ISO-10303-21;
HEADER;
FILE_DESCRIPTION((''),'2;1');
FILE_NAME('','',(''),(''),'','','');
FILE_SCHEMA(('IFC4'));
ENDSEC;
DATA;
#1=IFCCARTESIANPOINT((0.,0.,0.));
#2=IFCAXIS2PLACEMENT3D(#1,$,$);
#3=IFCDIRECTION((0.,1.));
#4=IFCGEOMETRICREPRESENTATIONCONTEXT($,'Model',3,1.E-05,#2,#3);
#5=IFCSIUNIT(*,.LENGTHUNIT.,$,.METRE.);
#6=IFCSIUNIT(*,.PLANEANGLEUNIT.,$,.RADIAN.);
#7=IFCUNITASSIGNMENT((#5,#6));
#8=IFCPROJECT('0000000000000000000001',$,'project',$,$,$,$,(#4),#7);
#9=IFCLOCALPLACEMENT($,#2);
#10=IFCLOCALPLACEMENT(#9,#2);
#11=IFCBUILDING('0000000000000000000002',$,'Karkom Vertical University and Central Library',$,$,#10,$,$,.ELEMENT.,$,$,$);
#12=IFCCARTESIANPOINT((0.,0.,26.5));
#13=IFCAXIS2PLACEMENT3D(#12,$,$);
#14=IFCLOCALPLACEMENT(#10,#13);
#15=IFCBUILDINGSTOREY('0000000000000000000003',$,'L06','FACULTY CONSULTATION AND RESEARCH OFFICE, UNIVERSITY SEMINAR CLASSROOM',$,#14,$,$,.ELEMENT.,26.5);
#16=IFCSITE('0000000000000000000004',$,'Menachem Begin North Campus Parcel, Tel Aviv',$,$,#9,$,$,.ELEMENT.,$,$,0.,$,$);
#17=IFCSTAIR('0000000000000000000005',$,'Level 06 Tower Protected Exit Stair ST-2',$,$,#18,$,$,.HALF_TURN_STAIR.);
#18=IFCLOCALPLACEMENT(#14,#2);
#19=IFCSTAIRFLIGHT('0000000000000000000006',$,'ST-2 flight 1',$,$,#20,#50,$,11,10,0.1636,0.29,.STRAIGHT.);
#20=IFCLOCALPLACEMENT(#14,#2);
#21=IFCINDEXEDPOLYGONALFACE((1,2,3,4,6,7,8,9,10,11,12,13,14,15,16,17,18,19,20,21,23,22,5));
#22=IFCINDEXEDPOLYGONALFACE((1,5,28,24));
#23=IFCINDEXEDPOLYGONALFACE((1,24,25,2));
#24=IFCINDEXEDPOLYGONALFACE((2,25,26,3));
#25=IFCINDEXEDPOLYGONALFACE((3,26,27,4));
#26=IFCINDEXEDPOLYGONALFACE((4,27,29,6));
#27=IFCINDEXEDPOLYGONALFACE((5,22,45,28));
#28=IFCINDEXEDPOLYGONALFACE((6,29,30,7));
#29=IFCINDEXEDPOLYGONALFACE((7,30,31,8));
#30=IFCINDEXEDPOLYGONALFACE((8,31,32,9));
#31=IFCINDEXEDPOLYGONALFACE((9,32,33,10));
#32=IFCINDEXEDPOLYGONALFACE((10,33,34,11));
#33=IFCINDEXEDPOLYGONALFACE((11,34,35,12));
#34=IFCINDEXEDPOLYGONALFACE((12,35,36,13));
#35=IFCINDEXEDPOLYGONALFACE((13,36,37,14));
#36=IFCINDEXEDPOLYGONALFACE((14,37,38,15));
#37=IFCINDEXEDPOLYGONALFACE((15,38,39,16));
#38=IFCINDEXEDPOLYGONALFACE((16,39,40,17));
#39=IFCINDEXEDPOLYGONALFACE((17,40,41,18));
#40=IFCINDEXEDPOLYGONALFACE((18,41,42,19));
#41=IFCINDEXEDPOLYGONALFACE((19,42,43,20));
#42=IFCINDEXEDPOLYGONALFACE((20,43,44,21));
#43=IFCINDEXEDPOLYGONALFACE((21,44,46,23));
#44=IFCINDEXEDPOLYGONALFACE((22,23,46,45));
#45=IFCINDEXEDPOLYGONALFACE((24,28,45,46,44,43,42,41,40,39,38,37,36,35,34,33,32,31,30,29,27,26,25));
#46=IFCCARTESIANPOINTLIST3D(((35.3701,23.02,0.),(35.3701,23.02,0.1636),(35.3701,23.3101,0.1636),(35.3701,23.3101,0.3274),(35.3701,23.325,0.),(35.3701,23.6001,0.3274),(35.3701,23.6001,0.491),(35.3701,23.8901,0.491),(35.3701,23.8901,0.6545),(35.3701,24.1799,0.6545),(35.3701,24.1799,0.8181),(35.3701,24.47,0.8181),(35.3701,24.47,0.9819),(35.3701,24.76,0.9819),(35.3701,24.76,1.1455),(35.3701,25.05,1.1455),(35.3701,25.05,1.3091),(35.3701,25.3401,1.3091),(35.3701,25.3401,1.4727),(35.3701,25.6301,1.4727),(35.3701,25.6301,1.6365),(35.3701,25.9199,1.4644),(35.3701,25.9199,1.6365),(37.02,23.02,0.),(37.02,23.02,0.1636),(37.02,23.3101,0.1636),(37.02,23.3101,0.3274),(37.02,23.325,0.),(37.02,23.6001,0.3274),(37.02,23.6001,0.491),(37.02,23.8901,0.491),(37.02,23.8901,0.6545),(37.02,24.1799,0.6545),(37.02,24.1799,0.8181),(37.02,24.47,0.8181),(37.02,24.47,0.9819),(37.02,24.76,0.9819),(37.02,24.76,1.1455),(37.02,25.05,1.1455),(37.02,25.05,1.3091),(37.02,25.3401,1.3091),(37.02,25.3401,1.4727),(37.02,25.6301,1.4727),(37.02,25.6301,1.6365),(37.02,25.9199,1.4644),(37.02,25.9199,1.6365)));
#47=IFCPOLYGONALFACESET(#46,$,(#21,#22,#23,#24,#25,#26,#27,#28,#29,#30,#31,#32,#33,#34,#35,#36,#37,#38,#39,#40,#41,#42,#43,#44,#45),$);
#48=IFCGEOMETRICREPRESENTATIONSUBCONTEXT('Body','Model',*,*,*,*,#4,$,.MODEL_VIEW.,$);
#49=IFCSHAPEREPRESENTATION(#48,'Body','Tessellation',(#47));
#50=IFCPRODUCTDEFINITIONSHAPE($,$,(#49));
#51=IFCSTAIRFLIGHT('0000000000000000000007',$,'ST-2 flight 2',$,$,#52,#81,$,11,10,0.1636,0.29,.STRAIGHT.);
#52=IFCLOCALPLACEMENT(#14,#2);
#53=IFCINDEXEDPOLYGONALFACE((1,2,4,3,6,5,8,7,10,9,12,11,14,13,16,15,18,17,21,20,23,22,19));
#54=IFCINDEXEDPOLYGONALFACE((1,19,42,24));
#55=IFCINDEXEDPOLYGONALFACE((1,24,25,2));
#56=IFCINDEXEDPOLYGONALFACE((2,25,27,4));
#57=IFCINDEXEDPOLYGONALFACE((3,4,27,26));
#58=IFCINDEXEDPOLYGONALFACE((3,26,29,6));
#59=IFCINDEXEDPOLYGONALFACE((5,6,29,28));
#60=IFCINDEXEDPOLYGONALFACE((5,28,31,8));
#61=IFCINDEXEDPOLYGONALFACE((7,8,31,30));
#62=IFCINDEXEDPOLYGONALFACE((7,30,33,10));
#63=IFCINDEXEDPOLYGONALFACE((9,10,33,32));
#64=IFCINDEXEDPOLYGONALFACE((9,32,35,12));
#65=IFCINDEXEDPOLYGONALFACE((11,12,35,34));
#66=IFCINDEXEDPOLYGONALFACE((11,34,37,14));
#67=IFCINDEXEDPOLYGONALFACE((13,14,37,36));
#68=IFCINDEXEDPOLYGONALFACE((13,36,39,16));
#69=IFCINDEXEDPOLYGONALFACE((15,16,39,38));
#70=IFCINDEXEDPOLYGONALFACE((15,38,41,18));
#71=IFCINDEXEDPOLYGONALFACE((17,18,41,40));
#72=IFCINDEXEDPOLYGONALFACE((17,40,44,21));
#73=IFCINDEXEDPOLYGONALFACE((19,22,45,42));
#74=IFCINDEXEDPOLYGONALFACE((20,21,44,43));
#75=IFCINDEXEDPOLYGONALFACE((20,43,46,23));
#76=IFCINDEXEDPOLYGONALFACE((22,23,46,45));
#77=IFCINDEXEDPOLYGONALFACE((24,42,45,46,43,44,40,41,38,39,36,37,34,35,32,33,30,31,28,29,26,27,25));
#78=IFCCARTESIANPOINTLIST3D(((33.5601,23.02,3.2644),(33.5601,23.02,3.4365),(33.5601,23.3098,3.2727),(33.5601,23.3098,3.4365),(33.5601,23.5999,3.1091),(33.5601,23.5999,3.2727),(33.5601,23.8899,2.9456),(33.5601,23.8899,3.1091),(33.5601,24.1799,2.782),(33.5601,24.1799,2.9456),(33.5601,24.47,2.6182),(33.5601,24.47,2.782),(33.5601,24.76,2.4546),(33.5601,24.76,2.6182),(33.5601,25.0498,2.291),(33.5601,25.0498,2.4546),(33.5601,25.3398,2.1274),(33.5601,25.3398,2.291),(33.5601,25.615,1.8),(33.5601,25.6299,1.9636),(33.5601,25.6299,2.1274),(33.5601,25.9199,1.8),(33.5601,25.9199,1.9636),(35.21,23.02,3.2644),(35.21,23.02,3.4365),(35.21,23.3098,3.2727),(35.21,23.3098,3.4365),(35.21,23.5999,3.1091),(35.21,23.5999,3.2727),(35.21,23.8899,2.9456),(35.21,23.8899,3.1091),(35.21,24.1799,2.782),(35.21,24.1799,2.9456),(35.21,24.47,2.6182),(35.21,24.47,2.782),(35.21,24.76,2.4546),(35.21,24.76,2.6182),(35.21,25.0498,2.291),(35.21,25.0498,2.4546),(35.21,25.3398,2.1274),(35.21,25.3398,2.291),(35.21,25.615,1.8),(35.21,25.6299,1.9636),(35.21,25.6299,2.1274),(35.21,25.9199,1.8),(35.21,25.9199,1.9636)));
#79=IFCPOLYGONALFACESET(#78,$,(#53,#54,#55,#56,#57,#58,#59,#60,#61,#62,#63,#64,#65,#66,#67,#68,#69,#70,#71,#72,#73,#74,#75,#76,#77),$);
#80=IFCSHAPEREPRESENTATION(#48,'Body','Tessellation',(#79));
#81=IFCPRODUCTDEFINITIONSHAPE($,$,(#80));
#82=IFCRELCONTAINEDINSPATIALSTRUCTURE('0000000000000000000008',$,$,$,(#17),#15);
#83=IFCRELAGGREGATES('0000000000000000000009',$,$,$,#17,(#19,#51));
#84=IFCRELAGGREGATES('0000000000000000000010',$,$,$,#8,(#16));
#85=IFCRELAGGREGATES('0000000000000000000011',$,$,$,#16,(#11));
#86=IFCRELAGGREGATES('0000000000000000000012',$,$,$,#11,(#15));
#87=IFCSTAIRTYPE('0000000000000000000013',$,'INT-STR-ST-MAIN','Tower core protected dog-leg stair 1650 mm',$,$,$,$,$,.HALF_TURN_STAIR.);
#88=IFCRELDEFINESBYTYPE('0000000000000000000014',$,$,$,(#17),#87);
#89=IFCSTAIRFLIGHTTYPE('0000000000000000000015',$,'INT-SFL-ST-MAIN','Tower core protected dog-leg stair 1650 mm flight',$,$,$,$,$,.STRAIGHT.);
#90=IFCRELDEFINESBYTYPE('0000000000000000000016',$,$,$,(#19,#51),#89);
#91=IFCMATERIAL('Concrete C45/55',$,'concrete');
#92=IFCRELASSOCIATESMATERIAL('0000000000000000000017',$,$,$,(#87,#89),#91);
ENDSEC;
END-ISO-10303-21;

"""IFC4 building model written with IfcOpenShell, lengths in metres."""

from ifc_helpers import new_model, si_unit, direction, frame, origin, place, context, subcontext, project, spatial, polyline, outline, extrude, material, type_object, element, aggregate, save


model = new_model("IFC4")

# Units and contexts
model_context = context("Model", 3, precision=1e-05, world=origin(), true_north=direction((0.0, 1.0)))
body_context = subcontext(model_context, "Body", "Model", "MODEL_VIEW")
ifc_project = project(units=[si_unit("LENGTHUNIT", "METRE"), si_unit("PLANEANGLEUNIT", "RADIAN")], contexts=[model_context])

# Site, building, storey
site_placement = place(None, origin())
site = spatial("IfcSite", under=ifc_project, at=site_placement, Name="Menachem Begin North Campus Parcel, Tel Aviv", CompositionType="ELEMENT", RefElevation=0.0)
building_placement = place(site_placement, origin())
building = spatial("IfcBuilding", under=site, at=building_placement, Name="Karkom Vertical University and Central Library", CompositionType="ELEMENT")
storey_placement = place(building_placement, frame((0.0, 0.0, 26.5)))
storey = spatial("IfcBuildingStorey", under=building, at=storey_placement, Name="L06", Description="FACULTY CONSULTATION AND RESEARCH OFFICE, UNIVERSITY SEMINAR CLASSROOM", CompositionType="ELEMENT", Elevation=26.5)

# Shared definitions
ifc_material_1 = material(Name="Concrete C45/55", Category="concrete")

# Stair, stair flights
stair_type = type_object("IfcStairType", Name="INT-STR-ST-MAIN", Description="Tower core protected dog-leg stair 1650 mm", PredefinedType="HALF_TURN_STAIR", material=ifc_material_1)
stair_placement = place(storey_placement, origin())
stair = element("IfcStair", 1, at=stair_placement, inside=storey, type_object=stair_type, Name="Level 06 Tower Protected Exit Stair ST-2", PredefinedType="HALF_TURN_STAIR")
stair_flight_type = type_object("IfcStairFlightType", Name="INT-SFL-ST-MAIN", Description="Tower core protected dog-leg stair 1650 mm flight", PredefinedType="STRAIGHT", material=ifc_material_1)
stair_flight_1_placement = place(storey_placement, frame((36.1951, 23.02, 0.0), z_axis=(0.0, 0.0, 1.0), x_axis=(0.0, 1.0, 0.0)))
stair_flight_1 = element("IfcStairFlight", 2, at=stair_flight_1_placement, type_object=stair_flight_type, Name="ST-2 flight 1", NumberOfRisers=11, NumberOfTreads=10, PredefinedType="STRAIGHT", RiserHeight=0.1636, TreadLength=0.29, context=body_context, shape_type="SweptSolid", body=[
    extrude(outline(polyline([(0.0, 0.0), (0.0, 0.1636), (0.29, 0.1636), (0.29, 0.3274), (0.5801, 0.3274), (0.5801, 0.491), (0.8701, 0.491), (0.8701, 0.6545), (1.1599, 0.6545), (1.1599, 0.8181), (1.45, 0.8181), (1.45, 0.9819), (1.74, 0.9819), (1.74, 1.1455), (2.03, 1.1455), (2.03, 1.3091), (2.3201, 1.3091), (2.3201, 1.4727), (2.6101, 1.4727), (2.6101, 1.6365), (2.8999, 1.6365), (2.8999, 1.8), (2.8999, 1.4644), (0.3049, 0.0), (0.0, 0.0)])), frame((0.0, 0.825, 0.0), z_axis=(0.0, -1.0, 0.0), x_axis=(1.0, 0.0, 0.0)), (0.0, 0.0, 1.0), 1.6499),
])
stair_flight_2_placement = place(storey_placement, frame((34.385, 25.9199, 1.8), z_axis=(0.0, 0.0, 1.0), x_axis=(0.0, -1.0, 0.0)))
stair_flight_2 = element("IfcStairFlight", 3, at=stair_flight_2_placement, type_object=stair_flight_type, Name="ST-2 flight 2", NumberOfRisers=11, NumberOfTreads=10, PredefinedType="STRAIGHT", RiserHeight=0.1636, TreadLength=0.29, context=body_context, shape_type="SweptSolid", body=[
    extrude(outline(polyline([(0.0, 0.0), (0.0, 0.1636), (0.29, 0.1636), (0.29, 0.3274), (0.5801, 0.3274), (0.5801, 0.491), (0.8701, 0.491), (0.8701, 0.6545), (1.1599, 0.6545), (1.1599, 0.8181), (1.45, 0.8181), (1.45, 0.9819), (1.74, 0.9819), (1.74, 1.1455), (2.03, 1.1455), (2.03, 1.3091), (2.3201, 1.3091), (2.3201, 1.4727), (2.6101, 1.4727), (2.6101, 1.6365), (2.8999, 1.6365), (2.8999, 1.8), (2.8999, 1.4644), (0.3049, 0.0), (0.0, 0.0)])), frame((0.0, 0.825, 0.0), z_axis=(0.0, -1.0, 0.0), x_axis=(1.0, 0.0, 0.0)), (0.0, 0.0, 1.0), 1.6499),
])
aggregate(stair, [stair_flight_1, stair_flight_2])

save(model, "model.ifc")
